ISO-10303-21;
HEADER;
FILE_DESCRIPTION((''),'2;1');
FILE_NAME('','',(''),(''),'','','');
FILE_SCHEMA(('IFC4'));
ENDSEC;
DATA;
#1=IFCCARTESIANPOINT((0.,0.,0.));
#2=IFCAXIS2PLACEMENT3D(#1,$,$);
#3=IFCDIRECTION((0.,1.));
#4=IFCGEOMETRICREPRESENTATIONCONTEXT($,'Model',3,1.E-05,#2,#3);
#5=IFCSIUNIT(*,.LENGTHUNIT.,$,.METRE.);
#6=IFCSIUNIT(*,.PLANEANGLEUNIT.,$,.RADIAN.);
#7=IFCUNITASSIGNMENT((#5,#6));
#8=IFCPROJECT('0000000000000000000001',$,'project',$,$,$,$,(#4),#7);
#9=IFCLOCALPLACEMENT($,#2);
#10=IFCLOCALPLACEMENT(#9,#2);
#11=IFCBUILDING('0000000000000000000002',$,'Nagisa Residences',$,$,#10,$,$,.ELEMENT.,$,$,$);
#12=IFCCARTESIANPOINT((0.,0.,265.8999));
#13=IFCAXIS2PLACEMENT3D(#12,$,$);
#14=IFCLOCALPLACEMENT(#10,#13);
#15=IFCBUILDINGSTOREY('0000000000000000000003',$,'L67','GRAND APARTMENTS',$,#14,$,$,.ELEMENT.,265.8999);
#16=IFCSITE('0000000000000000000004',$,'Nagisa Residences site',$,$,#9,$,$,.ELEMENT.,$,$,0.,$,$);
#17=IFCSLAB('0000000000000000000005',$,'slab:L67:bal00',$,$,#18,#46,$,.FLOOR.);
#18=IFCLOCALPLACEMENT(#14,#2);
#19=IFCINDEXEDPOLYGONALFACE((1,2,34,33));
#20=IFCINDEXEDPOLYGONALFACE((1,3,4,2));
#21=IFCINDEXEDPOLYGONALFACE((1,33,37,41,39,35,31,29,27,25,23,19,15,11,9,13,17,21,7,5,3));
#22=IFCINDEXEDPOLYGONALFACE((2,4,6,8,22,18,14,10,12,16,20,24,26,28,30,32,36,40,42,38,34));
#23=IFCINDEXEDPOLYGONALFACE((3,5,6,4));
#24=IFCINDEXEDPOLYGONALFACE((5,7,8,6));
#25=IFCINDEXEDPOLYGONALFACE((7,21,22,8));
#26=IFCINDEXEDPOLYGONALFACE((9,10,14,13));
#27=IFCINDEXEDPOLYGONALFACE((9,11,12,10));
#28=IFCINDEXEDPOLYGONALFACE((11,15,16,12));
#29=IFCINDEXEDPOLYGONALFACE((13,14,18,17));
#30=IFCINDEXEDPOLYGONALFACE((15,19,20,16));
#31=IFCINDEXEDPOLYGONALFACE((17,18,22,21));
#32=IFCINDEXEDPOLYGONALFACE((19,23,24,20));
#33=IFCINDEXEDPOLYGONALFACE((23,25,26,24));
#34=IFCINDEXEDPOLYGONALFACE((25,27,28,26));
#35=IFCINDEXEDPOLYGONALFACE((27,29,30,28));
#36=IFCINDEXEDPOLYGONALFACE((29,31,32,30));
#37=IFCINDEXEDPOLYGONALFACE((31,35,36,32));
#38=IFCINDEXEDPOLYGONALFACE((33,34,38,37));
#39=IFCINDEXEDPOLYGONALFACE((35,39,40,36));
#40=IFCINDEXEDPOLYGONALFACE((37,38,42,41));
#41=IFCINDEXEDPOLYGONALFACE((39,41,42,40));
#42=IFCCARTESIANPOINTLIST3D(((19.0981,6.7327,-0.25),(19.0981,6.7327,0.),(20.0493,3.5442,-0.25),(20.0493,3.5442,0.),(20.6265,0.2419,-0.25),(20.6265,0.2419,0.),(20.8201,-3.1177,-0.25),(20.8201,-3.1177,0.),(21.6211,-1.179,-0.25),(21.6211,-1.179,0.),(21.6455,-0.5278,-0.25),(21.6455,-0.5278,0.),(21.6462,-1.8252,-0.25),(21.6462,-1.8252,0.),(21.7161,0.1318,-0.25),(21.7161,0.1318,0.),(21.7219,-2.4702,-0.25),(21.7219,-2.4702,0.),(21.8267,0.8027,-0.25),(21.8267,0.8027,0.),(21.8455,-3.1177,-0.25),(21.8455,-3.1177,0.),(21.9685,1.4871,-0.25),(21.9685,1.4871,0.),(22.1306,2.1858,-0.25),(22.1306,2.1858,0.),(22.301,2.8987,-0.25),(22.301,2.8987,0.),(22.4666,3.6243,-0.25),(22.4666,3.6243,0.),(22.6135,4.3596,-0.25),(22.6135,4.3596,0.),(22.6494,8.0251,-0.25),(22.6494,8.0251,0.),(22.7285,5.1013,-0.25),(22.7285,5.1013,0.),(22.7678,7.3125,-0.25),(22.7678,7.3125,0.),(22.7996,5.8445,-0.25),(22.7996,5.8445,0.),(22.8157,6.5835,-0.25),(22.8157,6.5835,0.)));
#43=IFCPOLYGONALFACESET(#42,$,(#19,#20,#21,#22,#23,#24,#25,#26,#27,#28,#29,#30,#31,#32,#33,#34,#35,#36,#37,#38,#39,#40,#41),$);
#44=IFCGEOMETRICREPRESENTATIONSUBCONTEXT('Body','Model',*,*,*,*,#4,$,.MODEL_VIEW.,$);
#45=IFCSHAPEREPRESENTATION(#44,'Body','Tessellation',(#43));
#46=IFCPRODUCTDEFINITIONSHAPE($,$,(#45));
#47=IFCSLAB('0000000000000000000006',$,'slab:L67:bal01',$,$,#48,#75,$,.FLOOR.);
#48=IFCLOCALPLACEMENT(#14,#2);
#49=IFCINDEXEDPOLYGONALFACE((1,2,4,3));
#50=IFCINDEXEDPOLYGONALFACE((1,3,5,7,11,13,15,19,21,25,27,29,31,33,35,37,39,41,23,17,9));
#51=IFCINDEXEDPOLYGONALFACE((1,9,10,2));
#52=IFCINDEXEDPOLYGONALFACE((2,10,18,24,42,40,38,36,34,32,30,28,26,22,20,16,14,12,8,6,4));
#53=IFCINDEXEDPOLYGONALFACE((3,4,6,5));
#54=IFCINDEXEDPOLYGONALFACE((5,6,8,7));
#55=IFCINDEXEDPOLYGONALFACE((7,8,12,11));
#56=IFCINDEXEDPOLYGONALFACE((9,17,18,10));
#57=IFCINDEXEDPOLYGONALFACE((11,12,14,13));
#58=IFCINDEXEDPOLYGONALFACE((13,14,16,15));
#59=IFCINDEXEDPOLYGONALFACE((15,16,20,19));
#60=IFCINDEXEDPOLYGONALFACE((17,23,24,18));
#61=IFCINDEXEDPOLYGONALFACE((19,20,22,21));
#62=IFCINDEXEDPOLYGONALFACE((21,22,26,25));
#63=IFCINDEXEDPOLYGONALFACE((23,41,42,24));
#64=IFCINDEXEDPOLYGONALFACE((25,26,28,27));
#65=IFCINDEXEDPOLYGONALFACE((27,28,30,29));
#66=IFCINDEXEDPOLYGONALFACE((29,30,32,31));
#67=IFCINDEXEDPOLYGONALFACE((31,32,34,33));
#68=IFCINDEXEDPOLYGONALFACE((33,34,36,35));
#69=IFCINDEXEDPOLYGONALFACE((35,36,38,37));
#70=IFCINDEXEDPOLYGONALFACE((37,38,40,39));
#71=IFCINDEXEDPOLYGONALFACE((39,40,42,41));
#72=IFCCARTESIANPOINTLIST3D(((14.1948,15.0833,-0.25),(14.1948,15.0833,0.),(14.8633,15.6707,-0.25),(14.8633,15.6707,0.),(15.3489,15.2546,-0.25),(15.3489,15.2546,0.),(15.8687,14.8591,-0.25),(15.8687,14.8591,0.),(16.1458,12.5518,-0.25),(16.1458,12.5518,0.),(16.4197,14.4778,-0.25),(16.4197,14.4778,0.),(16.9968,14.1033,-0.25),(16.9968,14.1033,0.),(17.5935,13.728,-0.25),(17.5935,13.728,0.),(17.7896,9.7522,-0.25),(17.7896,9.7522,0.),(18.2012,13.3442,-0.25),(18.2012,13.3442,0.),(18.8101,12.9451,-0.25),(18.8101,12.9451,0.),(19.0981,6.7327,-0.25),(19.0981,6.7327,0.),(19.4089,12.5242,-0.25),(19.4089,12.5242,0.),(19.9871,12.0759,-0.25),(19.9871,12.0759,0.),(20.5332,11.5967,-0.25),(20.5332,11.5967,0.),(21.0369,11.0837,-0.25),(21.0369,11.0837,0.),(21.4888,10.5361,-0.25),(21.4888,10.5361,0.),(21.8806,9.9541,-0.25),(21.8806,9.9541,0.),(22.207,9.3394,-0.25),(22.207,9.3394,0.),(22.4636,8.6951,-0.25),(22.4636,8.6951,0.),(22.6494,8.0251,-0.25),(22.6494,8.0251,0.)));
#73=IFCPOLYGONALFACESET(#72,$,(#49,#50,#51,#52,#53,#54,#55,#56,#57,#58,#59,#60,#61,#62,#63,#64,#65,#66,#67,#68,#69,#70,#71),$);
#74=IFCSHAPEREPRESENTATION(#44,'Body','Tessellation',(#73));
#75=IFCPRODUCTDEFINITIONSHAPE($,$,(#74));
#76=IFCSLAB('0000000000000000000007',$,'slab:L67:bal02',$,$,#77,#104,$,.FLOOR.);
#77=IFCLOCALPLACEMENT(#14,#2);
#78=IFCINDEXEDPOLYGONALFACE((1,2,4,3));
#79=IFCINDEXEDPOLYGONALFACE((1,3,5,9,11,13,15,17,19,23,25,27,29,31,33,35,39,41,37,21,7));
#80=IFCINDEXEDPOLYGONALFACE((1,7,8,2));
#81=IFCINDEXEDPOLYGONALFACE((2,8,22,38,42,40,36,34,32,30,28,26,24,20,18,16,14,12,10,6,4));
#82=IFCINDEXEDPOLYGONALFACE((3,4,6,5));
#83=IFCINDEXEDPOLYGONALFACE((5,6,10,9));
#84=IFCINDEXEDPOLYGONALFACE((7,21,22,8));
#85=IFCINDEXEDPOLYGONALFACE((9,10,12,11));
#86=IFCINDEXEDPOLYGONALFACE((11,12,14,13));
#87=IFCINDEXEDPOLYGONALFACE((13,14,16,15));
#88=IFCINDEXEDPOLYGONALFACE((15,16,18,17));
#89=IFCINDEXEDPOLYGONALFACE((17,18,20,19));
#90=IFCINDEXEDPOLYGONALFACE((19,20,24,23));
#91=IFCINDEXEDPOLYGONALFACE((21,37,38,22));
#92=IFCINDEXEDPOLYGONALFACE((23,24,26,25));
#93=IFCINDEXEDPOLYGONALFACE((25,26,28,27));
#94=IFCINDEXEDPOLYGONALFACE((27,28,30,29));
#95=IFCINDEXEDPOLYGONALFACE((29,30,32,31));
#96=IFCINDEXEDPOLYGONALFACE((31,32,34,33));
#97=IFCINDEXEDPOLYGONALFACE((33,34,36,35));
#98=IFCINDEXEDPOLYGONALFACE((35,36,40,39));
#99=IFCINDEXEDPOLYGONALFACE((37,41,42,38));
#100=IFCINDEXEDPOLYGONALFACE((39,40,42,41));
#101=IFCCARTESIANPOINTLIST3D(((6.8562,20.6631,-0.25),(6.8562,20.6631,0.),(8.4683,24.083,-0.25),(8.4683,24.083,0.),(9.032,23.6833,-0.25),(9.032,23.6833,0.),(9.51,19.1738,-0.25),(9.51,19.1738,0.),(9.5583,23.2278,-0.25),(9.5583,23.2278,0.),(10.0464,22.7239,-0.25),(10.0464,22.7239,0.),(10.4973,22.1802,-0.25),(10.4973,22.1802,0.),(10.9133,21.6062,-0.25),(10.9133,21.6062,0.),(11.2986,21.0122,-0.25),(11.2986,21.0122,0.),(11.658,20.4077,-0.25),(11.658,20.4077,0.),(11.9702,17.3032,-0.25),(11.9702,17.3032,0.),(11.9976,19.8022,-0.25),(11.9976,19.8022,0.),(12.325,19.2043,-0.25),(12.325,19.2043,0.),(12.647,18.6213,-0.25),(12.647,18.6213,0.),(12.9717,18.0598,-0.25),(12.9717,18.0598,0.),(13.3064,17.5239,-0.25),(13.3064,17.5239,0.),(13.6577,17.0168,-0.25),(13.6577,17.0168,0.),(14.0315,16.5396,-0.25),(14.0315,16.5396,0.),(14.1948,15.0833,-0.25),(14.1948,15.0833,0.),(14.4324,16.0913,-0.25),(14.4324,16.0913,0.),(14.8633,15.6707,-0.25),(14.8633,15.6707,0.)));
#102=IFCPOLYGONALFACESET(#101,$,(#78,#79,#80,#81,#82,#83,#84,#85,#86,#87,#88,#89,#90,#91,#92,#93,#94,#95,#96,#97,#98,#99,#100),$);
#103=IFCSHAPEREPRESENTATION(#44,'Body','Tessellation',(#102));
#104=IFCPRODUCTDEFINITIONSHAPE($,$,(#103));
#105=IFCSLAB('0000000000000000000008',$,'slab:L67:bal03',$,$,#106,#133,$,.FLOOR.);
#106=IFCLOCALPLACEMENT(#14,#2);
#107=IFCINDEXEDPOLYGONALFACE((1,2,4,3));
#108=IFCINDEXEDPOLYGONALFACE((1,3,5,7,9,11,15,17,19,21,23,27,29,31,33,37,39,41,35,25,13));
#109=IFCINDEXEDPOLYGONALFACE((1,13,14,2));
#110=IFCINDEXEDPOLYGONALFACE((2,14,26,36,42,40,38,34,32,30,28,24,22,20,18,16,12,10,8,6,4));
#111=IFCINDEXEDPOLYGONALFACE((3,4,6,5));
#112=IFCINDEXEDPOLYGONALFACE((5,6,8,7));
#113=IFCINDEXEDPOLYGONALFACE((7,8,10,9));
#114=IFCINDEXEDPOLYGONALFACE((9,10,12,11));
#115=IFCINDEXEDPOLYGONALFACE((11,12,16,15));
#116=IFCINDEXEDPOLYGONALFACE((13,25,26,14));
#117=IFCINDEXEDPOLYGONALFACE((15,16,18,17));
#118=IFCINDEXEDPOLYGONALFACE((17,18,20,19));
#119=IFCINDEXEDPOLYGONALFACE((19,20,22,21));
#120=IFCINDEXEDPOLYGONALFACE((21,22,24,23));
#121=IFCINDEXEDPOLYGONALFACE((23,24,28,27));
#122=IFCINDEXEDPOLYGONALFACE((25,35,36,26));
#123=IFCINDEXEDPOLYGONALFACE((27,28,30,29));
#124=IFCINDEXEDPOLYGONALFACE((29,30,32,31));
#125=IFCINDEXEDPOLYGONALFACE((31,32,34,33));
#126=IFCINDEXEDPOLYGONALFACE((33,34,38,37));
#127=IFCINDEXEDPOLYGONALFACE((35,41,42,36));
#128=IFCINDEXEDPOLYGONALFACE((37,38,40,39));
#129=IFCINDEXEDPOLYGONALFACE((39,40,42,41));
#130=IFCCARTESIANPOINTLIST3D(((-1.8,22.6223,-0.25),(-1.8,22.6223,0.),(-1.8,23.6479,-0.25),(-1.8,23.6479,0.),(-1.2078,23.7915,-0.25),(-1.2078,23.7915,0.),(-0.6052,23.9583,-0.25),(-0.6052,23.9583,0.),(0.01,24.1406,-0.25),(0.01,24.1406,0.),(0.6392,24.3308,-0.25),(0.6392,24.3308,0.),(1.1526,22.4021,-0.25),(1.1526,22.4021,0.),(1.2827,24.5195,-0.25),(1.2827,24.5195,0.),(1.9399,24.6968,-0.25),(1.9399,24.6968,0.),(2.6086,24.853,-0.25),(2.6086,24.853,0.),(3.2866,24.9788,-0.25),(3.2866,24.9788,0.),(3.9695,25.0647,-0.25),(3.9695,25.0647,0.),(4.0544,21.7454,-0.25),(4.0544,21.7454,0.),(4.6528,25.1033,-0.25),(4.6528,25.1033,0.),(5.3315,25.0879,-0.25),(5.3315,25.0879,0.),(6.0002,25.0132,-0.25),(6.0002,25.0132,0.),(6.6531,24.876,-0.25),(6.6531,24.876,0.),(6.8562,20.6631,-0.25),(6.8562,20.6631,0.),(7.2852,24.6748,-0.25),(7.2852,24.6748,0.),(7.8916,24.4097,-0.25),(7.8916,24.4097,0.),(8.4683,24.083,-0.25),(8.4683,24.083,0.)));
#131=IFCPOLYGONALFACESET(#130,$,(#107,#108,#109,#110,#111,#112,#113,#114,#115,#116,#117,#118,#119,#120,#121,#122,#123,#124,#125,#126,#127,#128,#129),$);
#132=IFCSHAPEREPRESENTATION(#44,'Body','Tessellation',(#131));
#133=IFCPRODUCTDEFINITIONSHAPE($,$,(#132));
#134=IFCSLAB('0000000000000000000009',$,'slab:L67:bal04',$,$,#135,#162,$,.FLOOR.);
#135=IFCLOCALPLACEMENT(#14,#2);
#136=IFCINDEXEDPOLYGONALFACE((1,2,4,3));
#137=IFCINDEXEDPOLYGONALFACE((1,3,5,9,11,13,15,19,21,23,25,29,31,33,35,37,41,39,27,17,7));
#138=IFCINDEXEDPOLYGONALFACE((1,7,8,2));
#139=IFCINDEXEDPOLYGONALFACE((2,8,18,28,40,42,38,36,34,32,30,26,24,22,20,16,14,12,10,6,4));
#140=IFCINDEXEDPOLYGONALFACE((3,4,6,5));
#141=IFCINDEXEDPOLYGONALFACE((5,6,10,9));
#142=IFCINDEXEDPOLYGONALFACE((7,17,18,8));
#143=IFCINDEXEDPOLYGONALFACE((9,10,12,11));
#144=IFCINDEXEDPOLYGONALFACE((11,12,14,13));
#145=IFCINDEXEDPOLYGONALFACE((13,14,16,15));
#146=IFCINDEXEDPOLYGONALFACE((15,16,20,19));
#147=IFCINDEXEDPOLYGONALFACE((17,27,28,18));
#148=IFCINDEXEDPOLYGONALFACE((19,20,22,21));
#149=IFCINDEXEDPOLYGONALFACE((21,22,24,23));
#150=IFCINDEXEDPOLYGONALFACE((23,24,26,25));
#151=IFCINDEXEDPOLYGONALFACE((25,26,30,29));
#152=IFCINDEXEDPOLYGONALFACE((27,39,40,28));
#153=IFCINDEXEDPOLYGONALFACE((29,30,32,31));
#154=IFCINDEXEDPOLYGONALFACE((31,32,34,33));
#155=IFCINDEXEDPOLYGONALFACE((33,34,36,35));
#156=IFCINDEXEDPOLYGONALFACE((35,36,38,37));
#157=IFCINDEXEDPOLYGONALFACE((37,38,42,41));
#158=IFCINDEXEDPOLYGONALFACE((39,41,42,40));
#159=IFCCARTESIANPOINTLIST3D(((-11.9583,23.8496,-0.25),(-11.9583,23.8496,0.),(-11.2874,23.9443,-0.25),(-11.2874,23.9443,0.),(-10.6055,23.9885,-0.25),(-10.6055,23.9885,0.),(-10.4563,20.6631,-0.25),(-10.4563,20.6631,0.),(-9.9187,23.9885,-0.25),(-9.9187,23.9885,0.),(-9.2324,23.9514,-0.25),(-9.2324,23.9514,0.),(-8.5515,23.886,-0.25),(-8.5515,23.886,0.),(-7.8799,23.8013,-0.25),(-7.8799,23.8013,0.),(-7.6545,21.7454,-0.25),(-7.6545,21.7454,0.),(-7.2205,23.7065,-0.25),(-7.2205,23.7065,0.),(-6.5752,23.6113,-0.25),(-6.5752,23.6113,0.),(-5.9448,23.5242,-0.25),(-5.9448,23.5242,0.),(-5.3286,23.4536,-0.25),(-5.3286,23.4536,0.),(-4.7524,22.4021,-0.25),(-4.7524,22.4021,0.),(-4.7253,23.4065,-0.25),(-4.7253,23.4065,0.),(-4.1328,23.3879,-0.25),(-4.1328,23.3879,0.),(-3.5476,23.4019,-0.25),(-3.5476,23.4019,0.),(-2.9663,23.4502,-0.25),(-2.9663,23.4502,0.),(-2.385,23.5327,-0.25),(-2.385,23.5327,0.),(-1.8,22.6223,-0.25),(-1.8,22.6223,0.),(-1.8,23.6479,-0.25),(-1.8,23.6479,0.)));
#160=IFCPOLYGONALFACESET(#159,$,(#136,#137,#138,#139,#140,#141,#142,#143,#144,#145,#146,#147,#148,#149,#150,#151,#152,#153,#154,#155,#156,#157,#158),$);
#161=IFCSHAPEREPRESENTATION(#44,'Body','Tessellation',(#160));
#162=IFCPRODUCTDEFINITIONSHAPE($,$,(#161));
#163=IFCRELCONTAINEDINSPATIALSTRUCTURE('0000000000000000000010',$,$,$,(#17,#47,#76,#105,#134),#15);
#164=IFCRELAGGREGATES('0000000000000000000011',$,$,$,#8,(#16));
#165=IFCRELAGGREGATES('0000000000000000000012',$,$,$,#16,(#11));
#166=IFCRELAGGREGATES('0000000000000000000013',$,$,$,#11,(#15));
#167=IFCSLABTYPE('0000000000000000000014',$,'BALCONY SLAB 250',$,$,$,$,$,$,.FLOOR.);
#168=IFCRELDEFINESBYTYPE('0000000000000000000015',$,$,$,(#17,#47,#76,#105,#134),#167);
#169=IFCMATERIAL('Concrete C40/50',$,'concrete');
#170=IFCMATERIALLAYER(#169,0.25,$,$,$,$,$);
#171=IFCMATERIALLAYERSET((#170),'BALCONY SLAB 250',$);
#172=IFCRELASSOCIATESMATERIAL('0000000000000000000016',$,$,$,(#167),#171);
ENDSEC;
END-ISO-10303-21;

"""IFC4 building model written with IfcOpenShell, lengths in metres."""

from ifc_helpers import new_model, si_unit, direction, frame, origin, place, context, subcontext, project, spatial, polyline, outline, extrude, material, layer, layer_set, type_object, element, save


model = new_model("IFC4")

# Units and contexts
model_context = context("Model", 3, precision=1e-05, world=origin(), true_north=direction((0.0, 1.0)))
body_context = subcontext(model_context, "Body", "Model", "MODEL_VIEW")
ifc_project = project(units=[si_unit("LENGTHUNIT", "METRE"), si_unit("PLANEANGLEUNIT", "RADIAN")], contexts=[model_context])

# Site, building, storey
site_placement = place(None, origin())
site = spatial("IfcSite", under=ifc_project, at=site_placement, Name="Nagisa Residences site", CompositionType="ELEMENT", RefElevation=0.0)
building_placement = place(site_placement, origin())
building = spatial("IfcBuilding", under=site, at=building_placement, Name="Nagisa Residences", CompositionType="ELEMENT")
storey_placement = place(building_placement, frame((0.0, 0.0, 265.8999)))
storey = spatial("IfcBuildingStorey", under=building, at=storey_placement, Name="L67", Description="GRAND APARTMENTS", CompositionType="ELEMENT", Elevation=265.8999)

# Slabs
ifc_material_1 = material(Name="Concrete C40/50", Category="concrete")
ifc_layer_1 = layer(ifc_material_1, 0.25)
ifc_layer_set_1 = layer_set([ifc_layer_1], Name="BALCONY SLAB 250")
slab_type_1 = type_object("IfcSlabType", Name="BALCONY SLAB 250", PredefinedType="FLOOR", material=ifc_layer_set_1)
slab_1_placement = place(storey_placement, frame((0.0, 0.0, -0.25)))
element("IfcSlab", 1, at=slab_1_placement, inside=storey, type_object=slab_type_1, Name="slab:L67:bal00", PredefinedType="FLOOR", context=body_context, shape_type="SweptSolid", body=[
    extrude(outline(polyline([(21.8455, -3.1177), (21.7219, -2.4702), (21.6462, -1.8252), (21.6211, -1.179), (21.6455, -0.5278), (21.7161, 0.1318), (21.8267, 0.8027), (21.9685, 1.4871), (22.1306, 2.1858), (22.301, 2.8987), (22.4666, 3.6243), (22.6135, 4.3596), (22.7285, 5.1013), (22.7996, 5.8445), (22.8157, 6.5835), (22.7678, 7.3125), (22.6494, 8.0251), (19.0981, 6.7327), (20.0493, 3.5442), (20.6265, 0.2419), (20.8201, -3.1177), (21.8455, -3.1177)])), origin(), (0.0, 0.0, 1.0), 0.25),
])
slab_2_placement = place(storey_placement, frame((0.0, 0.0, -0.25)))
element("IfcSlab", 2, at=slab_2_placement, inside=storey, type_object=slab_type_1, Name="slab:L67:bal01", PredefinedType="FLOOR", context=body_context, shape_type="SweptSolid", body=[
    extrude(outline(polyline([(22.6494, 8.0251), (22.4636, 8.6951), (22.207, 9.3394), (21.8806, 9.9541), (21.4888, 10.5361), (21.0369, 11.0837), (20.5332, 11.5967), (19.9871, 12.0759), (19.4089, 12.5242), (18.8101, 12.9451), (18.2012, 13.3442), (17.5935, 13.728), (16.9968, 14.1033), (16.4197, 14.4778), (15.8687, 14.8591), (15.3489, 15.2546), (14.8633, 15.6707), (14.1948, 15.0833), (16.1458, 12.5518), (17.7896, 9.7522), (19.0981, 6.7327), (22.6494, 8.0251)])), origin(), (0.0, 0.0, 1.0), 0.25),
])
slab_3_placement = place(storey_placement, frame((0.0, 0.0, -0.25)))
element("IfcSlab", 3, at=slab_3_placement, inside=storey, type_object=slab_type_1, Name="slab:L67:bal02", PredefinedType="FLOOR", context=body_context, shape_type="SweptSolid", body=[
    extrude(outline(polyline([(14.8633, 15.6707), (14.4324, 16.0913), (14.0315, 16.5396), (13.6577, 17.0168), (13.3064, 17.5239), (12.9717, 18.0598), (12.647, 18.6213), (12.325, 19.2043), (11.9976, 19.8022), (11.658, 20.4077), (11.2986, 21.0122), (10.9133, 21.6062), (10.4973, 22.1802), (10.0464, 22.7239), (9.5583, 23.2278), (9.032, 23.6833), (8.4683, 24.083), (6.8562, 20.6631), (9.51, 19.1738), (11.9702, 17.3032), (14.1948, 15.0833), (14.8633, 15.6707)])), origin(), (0.0, 0.0, 1.0), 0.25),
])
slab_4_placement = place(storey_placement, frame((0.0, 0.0, -0.25)))
element("IfcSlab", 4, at=slab_4_placement, inside=storey, type_object=slab_type_1, Name="slab:L67:bal03", PredefinedType="FLOOR", context=body_context, shape_type="SweptSolid", body=[
    extrude(outline(polyline([(8.4683, 24.083), (7.8916, 24.4097), (7.2852, 24.6748), (6.6531, 24.876), (6.0002, 25.0132), (5.3315, 25.0879), (4.6528, 25.1033), (3.9695, 25.0647), (3.2866, 24.9788), (2.6086, 24.853), (1.9399, 24.6968), (1.2827, 24.5195), (0.6392, 24.3308), (0.01, 24.1406), (-0.6052, 23.9583), (-1.2078, 23.7915), (-1.8, 23.6479), (-1.8, 22.6223), (1.1526, 22.4021), (4.0544, 21.7454), (6.8562, 20.6631), (8.4683, 24.083)])), origin(), (0.0, 0.0, 1.0), 0.25),
])
slab_5_placement = place(storey_placement, frame((0.0, 0.0, -0.25)))
element("IfcSlab", 5, at=slab_5_placement, inside=storey, type_object=slab_type_1, Name="slab:L67:bal04", PredefinedType="FLOOR", context=body_context, shape_type="SweptSolid", body=[
    extrude(outline(polyline([(-1.8, 23.6479), (-2.385, 23.5327), (-2.9663, 23.4502), (-3.5476, 23.4019), (-4.1328, 23.3879), (-4.7253, 23.4065), (-5.3286, 23.4536), (-5.9448, 23.5242), (-6.5752, 23.6113), (-7.2205, 23.7065), (-7.8799, 23.8013), (-8.5515, 23.886), (-9.2324, 23.9514), (-9.9187, 23.9885), (-10.6055, 23.9885), (-11.2874, 23.9443), (-11.9583, 23.8496), (-10.4563, 20.6631), (-7.6545, 21.7454), (-4.7524, 22.4021), (-1.8, 22.6223), (-1.8, 23.6479)])), origin(), (0.0, 0.0, 1.0), 0.25),
])

save(model, "model.ifc")
